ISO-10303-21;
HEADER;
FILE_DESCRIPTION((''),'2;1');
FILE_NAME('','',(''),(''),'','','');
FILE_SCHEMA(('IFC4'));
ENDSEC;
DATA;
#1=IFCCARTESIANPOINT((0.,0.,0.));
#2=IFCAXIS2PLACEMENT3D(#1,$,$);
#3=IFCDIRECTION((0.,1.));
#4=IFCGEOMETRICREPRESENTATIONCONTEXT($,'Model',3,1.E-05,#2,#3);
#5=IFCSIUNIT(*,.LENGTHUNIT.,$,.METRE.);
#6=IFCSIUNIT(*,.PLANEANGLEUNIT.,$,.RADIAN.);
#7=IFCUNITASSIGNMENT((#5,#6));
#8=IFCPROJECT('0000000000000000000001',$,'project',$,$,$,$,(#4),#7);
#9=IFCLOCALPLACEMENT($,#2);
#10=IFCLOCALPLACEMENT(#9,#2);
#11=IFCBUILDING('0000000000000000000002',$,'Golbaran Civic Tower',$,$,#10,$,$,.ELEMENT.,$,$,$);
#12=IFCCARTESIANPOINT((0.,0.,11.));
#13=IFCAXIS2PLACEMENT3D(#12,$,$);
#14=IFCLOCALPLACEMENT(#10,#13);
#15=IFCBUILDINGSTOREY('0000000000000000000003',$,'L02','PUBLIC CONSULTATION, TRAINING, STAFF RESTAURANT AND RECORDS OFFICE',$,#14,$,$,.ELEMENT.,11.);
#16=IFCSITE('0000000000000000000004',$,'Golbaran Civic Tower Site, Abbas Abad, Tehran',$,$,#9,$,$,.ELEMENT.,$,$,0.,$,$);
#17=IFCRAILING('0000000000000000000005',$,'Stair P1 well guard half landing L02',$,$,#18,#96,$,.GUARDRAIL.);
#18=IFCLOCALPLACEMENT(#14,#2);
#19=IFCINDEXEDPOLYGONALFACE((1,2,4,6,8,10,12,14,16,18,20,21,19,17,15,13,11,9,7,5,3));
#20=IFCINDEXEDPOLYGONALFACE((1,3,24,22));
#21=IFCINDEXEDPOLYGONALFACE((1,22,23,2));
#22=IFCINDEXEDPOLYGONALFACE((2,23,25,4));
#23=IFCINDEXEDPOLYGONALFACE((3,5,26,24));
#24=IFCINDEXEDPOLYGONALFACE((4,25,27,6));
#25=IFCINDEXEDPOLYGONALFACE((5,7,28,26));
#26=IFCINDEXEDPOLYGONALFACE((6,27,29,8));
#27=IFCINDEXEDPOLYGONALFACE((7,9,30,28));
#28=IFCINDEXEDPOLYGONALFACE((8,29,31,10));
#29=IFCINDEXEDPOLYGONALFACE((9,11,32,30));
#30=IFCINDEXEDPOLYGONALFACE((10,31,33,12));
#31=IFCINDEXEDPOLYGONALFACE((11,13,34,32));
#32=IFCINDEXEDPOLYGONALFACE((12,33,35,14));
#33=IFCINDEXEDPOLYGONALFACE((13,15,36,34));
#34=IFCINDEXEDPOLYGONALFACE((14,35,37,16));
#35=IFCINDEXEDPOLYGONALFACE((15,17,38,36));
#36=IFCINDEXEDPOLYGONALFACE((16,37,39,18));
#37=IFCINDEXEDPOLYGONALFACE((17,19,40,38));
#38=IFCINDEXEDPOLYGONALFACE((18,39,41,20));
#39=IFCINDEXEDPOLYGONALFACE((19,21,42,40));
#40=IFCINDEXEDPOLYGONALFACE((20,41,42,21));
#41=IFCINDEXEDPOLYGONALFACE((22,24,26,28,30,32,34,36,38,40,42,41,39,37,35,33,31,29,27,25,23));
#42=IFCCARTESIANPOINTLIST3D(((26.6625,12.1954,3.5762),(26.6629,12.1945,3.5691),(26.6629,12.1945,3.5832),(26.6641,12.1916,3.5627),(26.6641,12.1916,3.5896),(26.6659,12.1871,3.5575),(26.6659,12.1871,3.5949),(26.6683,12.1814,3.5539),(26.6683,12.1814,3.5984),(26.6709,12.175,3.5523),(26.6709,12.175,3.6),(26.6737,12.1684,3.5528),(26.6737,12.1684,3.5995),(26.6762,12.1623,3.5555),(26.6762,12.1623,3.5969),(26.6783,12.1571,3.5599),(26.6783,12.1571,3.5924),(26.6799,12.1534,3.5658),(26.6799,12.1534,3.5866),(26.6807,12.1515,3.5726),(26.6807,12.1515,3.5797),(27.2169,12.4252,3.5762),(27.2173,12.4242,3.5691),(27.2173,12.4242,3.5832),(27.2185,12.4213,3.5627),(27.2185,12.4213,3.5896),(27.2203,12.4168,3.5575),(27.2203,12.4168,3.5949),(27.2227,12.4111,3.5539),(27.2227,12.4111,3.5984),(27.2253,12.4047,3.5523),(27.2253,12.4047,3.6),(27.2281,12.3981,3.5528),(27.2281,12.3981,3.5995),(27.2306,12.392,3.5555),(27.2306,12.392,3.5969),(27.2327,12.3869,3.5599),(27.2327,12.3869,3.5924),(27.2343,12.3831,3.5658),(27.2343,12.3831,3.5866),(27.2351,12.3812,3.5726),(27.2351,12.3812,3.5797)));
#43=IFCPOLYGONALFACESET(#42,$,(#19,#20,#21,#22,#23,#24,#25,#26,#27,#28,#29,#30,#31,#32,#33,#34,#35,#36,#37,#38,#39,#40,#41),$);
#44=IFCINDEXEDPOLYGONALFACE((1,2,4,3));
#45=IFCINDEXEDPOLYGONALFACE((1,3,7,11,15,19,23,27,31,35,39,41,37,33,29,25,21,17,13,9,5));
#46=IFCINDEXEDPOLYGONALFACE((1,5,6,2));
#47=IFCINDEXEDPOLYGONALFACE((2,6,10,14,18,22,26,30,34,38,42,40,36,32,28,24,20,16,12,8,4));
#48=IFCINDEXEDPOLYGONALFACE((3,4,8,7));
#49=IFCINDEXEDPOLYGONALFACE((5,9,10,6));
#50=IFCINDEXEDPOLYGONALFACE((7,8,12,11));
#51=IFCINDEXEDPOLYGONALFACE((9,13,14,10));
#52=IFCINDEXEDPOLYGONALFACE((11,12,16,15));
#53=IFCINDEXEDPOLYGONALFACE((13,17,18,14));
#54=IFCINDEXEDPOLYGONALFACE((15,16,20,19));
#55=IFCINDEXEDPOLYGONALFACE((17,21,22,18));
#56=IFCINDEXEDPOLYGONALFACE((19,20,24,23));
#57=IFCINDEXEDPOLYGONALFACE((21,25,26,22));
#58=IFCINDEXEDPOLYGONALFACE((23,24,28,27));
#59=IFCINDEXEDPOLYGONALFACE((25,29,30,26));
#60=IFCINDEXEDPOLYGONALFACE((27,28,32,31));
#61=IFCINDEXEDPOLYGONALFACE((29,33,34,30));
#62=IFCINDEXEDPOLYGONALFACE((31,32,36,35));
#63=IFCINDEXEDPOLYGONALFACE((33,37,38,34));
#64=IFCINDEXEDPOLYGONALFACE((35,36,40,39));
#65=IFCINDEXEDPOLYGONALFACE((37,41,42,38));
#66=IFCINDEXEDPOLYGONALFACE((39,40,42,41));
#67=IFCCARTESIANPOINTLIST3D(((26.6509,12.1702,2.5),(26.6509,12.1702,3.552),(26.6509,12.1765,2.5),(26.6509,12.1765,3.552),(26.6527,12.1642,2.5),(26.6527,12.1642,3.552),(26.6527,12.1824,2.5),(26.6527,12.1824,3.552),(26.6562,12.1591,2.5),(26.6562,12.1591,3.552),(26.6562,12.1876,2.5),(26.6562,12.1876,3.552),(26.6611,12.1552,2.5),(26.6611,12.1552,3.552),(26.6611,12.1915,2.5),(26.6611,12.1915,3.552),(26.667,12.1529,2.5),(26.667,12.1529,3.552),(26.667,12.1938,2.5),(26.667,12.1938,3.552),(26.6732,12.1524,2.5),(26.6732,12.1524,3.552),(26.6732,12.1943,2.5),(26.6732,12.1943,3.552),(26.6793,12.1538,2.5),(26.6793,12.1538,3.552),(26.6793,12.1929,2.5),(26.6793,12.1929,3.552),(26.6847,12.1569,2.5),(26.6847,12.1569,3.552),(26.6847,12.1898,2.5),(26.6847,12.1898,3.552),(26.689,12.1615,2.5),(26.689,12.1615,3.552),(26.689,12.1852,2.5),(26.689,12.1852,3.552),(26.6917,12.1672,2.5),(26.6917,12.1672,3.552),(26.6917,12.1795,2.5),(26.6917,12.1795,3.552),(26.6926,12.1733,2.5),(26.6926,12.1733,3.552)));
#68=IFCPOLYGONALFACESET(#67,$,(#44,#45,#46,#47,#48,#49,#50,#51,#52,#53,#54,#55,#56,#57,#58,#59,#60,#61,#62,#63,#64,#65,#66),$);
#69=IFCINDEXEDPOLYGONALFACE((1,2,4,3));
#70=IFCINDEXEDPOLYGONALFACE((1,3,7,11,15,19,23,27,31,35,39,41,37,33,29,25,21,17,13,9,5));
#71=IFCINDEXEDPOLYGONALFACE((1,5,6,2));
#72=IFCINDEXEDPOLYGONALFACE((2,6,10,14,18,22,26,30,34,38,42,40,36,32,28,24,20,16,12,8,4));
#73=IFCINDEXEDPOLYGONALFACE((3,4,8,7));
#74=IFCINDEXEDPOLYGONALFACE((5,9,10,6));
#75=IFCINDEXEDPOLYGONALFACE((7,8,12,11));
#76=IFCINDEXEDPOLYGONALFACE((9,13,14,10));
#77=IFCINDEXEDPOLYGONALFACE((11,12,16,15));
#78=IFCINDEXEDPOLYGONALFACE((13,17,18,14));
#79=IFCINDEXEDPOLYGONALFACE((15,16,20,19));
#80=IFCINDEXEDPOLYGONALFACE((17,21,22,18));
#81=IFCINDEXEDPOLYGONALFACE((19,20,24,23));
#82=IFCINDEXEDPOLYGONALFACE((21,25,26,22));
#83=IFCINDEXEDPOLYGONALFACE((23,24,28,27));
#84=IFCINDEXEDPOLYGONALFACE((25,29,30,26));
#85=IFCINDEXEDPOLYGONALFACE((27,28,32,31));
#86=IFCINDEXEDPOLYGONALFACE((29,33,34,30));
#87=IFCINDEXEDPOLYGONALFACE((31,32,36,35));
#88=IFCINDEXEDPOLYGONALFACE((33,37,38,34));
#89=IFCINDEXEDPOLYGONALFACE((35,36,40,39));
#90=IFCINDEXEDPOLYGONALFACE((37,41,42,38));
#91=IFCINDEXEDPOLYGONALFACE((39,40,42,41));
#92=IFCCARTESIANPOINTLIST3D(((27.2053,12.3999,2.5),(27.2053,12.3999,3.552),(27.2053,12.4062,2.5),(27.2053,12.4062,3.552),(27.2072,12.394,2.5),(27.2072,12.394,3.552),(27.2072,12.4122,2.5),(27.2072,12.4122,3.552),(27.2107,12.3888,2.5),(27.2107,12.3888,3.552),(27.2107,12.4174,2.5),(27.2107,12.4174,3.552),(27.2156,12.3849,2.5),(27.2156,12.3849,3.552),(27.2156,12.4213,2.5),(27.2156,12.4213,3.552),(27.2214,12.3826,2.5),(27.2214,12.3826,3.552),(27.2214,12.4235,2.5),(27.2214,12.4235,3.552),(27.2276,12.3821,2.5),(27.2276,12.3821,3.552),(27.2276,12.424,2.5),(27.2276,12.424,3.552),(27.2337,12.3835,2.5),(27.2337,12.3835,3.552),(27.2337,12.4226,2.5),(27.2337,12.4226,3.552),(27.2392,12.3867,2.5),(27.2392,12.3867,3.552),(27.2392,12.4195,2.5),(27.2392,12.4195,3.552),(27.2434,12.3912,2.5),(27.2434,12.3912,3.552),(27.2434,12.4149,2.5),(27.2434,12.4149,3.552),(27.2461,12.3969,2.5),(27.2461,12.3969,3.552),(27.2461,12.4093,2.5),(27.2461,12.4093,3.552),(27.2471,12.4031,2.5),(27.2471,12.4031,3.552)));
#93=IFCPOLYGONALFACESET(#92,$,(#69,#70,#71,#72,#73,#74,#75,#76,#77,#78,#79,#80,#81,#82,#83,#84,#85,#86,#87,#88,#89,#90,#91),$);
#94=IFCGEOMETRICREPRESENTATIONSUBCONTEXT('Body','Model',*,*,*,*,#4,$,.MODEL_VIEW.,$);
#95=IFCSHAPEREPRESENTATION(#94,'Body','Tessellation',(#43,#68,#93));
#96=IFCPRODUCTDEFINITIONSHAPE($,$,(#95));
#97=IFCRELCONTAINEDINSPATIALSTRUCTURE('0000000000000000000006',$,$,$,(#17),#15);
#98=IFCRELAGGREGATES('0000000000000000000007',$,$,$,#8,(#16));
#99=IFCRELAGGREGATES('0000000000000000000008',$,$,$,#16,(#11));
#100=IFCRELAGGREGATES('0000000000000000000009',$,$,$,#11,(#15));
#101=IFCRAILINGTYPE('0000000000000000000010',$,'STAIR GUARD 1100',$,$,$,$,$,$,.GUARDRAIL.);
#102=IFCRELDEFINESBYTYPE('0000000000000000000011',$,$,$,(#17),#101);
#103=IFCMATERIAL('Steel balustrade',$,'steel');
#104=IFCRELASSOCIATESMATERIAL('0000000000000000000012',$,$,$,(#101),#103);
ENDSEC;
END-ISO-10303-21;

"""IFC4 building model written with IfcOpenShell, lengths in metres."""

from ifc_helpers import new_model, si_unit, direction, frame, origin, origin_2d, place, context, subcontext, project, spatial, circle, extrude, material, type_object, element, save


model = new_model("IFC4")

# Units and contexts
model_context = context("Model", 3, precision=1e-05, world=origin(), true_north=direction((0.0, 1.0)))
body_context = subcontext(model_context, "Body", "Model", "MODEL_VIEW")
ifc_project = project(units=[si_unit("LENGTHUNIT", "METRE"), si_unit("PLANEANGLEUNIT", "RADIAN")], contexts=[model_context])

# Site, building, storey
site_placement = place(None, origin())
site = spatial("IfcSite", under=ifc_project, at=site_placement, Name="Golbaran Civic Tower Site, Abbas Abad, Tehran", CompositionType="ELEMENT", RefElevation=0.0)
building_placement = place(site_placement, origin())
building = spatial("IfcBuilding", under=site, at=building_placement, Name="Golbaran Civic Tower", CompositionType="ELEMENT")
storey_placement = place(building_placement, frame((0.0, 0.0, 11.0)))
storey = spatial("IfcBuildingStorey", under=building, at=storey_placement, Name="L02", Description="PUBLIC CONSULTATION, TRAINING, STAFF RESTAURANT AND RECORDS OFFICE", CompositionType="ELEMENT", Elevation=11.0)

# Railing
ifc_material_1 = material(Name="Steel balustrade", Category="steel")
railing_type_1 = type_object("IfcRailingType", Name="STAIR GUARD 1100", PredefinedType="GUARDRAIL", material=ifc_material_1)
railing_1_placement = place(storey_placement, frame((26.6716, 12.1733, 2.5)))
element("IfcRailing", 1, at=railing_1_placement, inside=storey, type_object=railing_type_1, Name="Stair P1 well guard half landing L02", PredefinedType="GUARDRAIL", context=body_context, shape_type="SweptSolid", body=[
    extrude(circle(Radius=0.0239, at=origin_2d()), frame((0.0, 0.0, 1.0762), z_axis=(0.923833, 0.382795, 0.0), x_axis=(-0.382795, 0.923833, 0.0)), (0.0, 0.0, 1.0), 0.6001),
    extrude(circle(Radius=0.021, at=origin_2d()), origin(), (0.0, 0.0, 1.0), 1.052),
    extrude(circle(Radius=0.021, at=origin_2d()), frame((0.5544, 0.2297, 0.0)), (0.0, 0.0, 1.0), 1.052),
])

save(model, "model.ifc")
